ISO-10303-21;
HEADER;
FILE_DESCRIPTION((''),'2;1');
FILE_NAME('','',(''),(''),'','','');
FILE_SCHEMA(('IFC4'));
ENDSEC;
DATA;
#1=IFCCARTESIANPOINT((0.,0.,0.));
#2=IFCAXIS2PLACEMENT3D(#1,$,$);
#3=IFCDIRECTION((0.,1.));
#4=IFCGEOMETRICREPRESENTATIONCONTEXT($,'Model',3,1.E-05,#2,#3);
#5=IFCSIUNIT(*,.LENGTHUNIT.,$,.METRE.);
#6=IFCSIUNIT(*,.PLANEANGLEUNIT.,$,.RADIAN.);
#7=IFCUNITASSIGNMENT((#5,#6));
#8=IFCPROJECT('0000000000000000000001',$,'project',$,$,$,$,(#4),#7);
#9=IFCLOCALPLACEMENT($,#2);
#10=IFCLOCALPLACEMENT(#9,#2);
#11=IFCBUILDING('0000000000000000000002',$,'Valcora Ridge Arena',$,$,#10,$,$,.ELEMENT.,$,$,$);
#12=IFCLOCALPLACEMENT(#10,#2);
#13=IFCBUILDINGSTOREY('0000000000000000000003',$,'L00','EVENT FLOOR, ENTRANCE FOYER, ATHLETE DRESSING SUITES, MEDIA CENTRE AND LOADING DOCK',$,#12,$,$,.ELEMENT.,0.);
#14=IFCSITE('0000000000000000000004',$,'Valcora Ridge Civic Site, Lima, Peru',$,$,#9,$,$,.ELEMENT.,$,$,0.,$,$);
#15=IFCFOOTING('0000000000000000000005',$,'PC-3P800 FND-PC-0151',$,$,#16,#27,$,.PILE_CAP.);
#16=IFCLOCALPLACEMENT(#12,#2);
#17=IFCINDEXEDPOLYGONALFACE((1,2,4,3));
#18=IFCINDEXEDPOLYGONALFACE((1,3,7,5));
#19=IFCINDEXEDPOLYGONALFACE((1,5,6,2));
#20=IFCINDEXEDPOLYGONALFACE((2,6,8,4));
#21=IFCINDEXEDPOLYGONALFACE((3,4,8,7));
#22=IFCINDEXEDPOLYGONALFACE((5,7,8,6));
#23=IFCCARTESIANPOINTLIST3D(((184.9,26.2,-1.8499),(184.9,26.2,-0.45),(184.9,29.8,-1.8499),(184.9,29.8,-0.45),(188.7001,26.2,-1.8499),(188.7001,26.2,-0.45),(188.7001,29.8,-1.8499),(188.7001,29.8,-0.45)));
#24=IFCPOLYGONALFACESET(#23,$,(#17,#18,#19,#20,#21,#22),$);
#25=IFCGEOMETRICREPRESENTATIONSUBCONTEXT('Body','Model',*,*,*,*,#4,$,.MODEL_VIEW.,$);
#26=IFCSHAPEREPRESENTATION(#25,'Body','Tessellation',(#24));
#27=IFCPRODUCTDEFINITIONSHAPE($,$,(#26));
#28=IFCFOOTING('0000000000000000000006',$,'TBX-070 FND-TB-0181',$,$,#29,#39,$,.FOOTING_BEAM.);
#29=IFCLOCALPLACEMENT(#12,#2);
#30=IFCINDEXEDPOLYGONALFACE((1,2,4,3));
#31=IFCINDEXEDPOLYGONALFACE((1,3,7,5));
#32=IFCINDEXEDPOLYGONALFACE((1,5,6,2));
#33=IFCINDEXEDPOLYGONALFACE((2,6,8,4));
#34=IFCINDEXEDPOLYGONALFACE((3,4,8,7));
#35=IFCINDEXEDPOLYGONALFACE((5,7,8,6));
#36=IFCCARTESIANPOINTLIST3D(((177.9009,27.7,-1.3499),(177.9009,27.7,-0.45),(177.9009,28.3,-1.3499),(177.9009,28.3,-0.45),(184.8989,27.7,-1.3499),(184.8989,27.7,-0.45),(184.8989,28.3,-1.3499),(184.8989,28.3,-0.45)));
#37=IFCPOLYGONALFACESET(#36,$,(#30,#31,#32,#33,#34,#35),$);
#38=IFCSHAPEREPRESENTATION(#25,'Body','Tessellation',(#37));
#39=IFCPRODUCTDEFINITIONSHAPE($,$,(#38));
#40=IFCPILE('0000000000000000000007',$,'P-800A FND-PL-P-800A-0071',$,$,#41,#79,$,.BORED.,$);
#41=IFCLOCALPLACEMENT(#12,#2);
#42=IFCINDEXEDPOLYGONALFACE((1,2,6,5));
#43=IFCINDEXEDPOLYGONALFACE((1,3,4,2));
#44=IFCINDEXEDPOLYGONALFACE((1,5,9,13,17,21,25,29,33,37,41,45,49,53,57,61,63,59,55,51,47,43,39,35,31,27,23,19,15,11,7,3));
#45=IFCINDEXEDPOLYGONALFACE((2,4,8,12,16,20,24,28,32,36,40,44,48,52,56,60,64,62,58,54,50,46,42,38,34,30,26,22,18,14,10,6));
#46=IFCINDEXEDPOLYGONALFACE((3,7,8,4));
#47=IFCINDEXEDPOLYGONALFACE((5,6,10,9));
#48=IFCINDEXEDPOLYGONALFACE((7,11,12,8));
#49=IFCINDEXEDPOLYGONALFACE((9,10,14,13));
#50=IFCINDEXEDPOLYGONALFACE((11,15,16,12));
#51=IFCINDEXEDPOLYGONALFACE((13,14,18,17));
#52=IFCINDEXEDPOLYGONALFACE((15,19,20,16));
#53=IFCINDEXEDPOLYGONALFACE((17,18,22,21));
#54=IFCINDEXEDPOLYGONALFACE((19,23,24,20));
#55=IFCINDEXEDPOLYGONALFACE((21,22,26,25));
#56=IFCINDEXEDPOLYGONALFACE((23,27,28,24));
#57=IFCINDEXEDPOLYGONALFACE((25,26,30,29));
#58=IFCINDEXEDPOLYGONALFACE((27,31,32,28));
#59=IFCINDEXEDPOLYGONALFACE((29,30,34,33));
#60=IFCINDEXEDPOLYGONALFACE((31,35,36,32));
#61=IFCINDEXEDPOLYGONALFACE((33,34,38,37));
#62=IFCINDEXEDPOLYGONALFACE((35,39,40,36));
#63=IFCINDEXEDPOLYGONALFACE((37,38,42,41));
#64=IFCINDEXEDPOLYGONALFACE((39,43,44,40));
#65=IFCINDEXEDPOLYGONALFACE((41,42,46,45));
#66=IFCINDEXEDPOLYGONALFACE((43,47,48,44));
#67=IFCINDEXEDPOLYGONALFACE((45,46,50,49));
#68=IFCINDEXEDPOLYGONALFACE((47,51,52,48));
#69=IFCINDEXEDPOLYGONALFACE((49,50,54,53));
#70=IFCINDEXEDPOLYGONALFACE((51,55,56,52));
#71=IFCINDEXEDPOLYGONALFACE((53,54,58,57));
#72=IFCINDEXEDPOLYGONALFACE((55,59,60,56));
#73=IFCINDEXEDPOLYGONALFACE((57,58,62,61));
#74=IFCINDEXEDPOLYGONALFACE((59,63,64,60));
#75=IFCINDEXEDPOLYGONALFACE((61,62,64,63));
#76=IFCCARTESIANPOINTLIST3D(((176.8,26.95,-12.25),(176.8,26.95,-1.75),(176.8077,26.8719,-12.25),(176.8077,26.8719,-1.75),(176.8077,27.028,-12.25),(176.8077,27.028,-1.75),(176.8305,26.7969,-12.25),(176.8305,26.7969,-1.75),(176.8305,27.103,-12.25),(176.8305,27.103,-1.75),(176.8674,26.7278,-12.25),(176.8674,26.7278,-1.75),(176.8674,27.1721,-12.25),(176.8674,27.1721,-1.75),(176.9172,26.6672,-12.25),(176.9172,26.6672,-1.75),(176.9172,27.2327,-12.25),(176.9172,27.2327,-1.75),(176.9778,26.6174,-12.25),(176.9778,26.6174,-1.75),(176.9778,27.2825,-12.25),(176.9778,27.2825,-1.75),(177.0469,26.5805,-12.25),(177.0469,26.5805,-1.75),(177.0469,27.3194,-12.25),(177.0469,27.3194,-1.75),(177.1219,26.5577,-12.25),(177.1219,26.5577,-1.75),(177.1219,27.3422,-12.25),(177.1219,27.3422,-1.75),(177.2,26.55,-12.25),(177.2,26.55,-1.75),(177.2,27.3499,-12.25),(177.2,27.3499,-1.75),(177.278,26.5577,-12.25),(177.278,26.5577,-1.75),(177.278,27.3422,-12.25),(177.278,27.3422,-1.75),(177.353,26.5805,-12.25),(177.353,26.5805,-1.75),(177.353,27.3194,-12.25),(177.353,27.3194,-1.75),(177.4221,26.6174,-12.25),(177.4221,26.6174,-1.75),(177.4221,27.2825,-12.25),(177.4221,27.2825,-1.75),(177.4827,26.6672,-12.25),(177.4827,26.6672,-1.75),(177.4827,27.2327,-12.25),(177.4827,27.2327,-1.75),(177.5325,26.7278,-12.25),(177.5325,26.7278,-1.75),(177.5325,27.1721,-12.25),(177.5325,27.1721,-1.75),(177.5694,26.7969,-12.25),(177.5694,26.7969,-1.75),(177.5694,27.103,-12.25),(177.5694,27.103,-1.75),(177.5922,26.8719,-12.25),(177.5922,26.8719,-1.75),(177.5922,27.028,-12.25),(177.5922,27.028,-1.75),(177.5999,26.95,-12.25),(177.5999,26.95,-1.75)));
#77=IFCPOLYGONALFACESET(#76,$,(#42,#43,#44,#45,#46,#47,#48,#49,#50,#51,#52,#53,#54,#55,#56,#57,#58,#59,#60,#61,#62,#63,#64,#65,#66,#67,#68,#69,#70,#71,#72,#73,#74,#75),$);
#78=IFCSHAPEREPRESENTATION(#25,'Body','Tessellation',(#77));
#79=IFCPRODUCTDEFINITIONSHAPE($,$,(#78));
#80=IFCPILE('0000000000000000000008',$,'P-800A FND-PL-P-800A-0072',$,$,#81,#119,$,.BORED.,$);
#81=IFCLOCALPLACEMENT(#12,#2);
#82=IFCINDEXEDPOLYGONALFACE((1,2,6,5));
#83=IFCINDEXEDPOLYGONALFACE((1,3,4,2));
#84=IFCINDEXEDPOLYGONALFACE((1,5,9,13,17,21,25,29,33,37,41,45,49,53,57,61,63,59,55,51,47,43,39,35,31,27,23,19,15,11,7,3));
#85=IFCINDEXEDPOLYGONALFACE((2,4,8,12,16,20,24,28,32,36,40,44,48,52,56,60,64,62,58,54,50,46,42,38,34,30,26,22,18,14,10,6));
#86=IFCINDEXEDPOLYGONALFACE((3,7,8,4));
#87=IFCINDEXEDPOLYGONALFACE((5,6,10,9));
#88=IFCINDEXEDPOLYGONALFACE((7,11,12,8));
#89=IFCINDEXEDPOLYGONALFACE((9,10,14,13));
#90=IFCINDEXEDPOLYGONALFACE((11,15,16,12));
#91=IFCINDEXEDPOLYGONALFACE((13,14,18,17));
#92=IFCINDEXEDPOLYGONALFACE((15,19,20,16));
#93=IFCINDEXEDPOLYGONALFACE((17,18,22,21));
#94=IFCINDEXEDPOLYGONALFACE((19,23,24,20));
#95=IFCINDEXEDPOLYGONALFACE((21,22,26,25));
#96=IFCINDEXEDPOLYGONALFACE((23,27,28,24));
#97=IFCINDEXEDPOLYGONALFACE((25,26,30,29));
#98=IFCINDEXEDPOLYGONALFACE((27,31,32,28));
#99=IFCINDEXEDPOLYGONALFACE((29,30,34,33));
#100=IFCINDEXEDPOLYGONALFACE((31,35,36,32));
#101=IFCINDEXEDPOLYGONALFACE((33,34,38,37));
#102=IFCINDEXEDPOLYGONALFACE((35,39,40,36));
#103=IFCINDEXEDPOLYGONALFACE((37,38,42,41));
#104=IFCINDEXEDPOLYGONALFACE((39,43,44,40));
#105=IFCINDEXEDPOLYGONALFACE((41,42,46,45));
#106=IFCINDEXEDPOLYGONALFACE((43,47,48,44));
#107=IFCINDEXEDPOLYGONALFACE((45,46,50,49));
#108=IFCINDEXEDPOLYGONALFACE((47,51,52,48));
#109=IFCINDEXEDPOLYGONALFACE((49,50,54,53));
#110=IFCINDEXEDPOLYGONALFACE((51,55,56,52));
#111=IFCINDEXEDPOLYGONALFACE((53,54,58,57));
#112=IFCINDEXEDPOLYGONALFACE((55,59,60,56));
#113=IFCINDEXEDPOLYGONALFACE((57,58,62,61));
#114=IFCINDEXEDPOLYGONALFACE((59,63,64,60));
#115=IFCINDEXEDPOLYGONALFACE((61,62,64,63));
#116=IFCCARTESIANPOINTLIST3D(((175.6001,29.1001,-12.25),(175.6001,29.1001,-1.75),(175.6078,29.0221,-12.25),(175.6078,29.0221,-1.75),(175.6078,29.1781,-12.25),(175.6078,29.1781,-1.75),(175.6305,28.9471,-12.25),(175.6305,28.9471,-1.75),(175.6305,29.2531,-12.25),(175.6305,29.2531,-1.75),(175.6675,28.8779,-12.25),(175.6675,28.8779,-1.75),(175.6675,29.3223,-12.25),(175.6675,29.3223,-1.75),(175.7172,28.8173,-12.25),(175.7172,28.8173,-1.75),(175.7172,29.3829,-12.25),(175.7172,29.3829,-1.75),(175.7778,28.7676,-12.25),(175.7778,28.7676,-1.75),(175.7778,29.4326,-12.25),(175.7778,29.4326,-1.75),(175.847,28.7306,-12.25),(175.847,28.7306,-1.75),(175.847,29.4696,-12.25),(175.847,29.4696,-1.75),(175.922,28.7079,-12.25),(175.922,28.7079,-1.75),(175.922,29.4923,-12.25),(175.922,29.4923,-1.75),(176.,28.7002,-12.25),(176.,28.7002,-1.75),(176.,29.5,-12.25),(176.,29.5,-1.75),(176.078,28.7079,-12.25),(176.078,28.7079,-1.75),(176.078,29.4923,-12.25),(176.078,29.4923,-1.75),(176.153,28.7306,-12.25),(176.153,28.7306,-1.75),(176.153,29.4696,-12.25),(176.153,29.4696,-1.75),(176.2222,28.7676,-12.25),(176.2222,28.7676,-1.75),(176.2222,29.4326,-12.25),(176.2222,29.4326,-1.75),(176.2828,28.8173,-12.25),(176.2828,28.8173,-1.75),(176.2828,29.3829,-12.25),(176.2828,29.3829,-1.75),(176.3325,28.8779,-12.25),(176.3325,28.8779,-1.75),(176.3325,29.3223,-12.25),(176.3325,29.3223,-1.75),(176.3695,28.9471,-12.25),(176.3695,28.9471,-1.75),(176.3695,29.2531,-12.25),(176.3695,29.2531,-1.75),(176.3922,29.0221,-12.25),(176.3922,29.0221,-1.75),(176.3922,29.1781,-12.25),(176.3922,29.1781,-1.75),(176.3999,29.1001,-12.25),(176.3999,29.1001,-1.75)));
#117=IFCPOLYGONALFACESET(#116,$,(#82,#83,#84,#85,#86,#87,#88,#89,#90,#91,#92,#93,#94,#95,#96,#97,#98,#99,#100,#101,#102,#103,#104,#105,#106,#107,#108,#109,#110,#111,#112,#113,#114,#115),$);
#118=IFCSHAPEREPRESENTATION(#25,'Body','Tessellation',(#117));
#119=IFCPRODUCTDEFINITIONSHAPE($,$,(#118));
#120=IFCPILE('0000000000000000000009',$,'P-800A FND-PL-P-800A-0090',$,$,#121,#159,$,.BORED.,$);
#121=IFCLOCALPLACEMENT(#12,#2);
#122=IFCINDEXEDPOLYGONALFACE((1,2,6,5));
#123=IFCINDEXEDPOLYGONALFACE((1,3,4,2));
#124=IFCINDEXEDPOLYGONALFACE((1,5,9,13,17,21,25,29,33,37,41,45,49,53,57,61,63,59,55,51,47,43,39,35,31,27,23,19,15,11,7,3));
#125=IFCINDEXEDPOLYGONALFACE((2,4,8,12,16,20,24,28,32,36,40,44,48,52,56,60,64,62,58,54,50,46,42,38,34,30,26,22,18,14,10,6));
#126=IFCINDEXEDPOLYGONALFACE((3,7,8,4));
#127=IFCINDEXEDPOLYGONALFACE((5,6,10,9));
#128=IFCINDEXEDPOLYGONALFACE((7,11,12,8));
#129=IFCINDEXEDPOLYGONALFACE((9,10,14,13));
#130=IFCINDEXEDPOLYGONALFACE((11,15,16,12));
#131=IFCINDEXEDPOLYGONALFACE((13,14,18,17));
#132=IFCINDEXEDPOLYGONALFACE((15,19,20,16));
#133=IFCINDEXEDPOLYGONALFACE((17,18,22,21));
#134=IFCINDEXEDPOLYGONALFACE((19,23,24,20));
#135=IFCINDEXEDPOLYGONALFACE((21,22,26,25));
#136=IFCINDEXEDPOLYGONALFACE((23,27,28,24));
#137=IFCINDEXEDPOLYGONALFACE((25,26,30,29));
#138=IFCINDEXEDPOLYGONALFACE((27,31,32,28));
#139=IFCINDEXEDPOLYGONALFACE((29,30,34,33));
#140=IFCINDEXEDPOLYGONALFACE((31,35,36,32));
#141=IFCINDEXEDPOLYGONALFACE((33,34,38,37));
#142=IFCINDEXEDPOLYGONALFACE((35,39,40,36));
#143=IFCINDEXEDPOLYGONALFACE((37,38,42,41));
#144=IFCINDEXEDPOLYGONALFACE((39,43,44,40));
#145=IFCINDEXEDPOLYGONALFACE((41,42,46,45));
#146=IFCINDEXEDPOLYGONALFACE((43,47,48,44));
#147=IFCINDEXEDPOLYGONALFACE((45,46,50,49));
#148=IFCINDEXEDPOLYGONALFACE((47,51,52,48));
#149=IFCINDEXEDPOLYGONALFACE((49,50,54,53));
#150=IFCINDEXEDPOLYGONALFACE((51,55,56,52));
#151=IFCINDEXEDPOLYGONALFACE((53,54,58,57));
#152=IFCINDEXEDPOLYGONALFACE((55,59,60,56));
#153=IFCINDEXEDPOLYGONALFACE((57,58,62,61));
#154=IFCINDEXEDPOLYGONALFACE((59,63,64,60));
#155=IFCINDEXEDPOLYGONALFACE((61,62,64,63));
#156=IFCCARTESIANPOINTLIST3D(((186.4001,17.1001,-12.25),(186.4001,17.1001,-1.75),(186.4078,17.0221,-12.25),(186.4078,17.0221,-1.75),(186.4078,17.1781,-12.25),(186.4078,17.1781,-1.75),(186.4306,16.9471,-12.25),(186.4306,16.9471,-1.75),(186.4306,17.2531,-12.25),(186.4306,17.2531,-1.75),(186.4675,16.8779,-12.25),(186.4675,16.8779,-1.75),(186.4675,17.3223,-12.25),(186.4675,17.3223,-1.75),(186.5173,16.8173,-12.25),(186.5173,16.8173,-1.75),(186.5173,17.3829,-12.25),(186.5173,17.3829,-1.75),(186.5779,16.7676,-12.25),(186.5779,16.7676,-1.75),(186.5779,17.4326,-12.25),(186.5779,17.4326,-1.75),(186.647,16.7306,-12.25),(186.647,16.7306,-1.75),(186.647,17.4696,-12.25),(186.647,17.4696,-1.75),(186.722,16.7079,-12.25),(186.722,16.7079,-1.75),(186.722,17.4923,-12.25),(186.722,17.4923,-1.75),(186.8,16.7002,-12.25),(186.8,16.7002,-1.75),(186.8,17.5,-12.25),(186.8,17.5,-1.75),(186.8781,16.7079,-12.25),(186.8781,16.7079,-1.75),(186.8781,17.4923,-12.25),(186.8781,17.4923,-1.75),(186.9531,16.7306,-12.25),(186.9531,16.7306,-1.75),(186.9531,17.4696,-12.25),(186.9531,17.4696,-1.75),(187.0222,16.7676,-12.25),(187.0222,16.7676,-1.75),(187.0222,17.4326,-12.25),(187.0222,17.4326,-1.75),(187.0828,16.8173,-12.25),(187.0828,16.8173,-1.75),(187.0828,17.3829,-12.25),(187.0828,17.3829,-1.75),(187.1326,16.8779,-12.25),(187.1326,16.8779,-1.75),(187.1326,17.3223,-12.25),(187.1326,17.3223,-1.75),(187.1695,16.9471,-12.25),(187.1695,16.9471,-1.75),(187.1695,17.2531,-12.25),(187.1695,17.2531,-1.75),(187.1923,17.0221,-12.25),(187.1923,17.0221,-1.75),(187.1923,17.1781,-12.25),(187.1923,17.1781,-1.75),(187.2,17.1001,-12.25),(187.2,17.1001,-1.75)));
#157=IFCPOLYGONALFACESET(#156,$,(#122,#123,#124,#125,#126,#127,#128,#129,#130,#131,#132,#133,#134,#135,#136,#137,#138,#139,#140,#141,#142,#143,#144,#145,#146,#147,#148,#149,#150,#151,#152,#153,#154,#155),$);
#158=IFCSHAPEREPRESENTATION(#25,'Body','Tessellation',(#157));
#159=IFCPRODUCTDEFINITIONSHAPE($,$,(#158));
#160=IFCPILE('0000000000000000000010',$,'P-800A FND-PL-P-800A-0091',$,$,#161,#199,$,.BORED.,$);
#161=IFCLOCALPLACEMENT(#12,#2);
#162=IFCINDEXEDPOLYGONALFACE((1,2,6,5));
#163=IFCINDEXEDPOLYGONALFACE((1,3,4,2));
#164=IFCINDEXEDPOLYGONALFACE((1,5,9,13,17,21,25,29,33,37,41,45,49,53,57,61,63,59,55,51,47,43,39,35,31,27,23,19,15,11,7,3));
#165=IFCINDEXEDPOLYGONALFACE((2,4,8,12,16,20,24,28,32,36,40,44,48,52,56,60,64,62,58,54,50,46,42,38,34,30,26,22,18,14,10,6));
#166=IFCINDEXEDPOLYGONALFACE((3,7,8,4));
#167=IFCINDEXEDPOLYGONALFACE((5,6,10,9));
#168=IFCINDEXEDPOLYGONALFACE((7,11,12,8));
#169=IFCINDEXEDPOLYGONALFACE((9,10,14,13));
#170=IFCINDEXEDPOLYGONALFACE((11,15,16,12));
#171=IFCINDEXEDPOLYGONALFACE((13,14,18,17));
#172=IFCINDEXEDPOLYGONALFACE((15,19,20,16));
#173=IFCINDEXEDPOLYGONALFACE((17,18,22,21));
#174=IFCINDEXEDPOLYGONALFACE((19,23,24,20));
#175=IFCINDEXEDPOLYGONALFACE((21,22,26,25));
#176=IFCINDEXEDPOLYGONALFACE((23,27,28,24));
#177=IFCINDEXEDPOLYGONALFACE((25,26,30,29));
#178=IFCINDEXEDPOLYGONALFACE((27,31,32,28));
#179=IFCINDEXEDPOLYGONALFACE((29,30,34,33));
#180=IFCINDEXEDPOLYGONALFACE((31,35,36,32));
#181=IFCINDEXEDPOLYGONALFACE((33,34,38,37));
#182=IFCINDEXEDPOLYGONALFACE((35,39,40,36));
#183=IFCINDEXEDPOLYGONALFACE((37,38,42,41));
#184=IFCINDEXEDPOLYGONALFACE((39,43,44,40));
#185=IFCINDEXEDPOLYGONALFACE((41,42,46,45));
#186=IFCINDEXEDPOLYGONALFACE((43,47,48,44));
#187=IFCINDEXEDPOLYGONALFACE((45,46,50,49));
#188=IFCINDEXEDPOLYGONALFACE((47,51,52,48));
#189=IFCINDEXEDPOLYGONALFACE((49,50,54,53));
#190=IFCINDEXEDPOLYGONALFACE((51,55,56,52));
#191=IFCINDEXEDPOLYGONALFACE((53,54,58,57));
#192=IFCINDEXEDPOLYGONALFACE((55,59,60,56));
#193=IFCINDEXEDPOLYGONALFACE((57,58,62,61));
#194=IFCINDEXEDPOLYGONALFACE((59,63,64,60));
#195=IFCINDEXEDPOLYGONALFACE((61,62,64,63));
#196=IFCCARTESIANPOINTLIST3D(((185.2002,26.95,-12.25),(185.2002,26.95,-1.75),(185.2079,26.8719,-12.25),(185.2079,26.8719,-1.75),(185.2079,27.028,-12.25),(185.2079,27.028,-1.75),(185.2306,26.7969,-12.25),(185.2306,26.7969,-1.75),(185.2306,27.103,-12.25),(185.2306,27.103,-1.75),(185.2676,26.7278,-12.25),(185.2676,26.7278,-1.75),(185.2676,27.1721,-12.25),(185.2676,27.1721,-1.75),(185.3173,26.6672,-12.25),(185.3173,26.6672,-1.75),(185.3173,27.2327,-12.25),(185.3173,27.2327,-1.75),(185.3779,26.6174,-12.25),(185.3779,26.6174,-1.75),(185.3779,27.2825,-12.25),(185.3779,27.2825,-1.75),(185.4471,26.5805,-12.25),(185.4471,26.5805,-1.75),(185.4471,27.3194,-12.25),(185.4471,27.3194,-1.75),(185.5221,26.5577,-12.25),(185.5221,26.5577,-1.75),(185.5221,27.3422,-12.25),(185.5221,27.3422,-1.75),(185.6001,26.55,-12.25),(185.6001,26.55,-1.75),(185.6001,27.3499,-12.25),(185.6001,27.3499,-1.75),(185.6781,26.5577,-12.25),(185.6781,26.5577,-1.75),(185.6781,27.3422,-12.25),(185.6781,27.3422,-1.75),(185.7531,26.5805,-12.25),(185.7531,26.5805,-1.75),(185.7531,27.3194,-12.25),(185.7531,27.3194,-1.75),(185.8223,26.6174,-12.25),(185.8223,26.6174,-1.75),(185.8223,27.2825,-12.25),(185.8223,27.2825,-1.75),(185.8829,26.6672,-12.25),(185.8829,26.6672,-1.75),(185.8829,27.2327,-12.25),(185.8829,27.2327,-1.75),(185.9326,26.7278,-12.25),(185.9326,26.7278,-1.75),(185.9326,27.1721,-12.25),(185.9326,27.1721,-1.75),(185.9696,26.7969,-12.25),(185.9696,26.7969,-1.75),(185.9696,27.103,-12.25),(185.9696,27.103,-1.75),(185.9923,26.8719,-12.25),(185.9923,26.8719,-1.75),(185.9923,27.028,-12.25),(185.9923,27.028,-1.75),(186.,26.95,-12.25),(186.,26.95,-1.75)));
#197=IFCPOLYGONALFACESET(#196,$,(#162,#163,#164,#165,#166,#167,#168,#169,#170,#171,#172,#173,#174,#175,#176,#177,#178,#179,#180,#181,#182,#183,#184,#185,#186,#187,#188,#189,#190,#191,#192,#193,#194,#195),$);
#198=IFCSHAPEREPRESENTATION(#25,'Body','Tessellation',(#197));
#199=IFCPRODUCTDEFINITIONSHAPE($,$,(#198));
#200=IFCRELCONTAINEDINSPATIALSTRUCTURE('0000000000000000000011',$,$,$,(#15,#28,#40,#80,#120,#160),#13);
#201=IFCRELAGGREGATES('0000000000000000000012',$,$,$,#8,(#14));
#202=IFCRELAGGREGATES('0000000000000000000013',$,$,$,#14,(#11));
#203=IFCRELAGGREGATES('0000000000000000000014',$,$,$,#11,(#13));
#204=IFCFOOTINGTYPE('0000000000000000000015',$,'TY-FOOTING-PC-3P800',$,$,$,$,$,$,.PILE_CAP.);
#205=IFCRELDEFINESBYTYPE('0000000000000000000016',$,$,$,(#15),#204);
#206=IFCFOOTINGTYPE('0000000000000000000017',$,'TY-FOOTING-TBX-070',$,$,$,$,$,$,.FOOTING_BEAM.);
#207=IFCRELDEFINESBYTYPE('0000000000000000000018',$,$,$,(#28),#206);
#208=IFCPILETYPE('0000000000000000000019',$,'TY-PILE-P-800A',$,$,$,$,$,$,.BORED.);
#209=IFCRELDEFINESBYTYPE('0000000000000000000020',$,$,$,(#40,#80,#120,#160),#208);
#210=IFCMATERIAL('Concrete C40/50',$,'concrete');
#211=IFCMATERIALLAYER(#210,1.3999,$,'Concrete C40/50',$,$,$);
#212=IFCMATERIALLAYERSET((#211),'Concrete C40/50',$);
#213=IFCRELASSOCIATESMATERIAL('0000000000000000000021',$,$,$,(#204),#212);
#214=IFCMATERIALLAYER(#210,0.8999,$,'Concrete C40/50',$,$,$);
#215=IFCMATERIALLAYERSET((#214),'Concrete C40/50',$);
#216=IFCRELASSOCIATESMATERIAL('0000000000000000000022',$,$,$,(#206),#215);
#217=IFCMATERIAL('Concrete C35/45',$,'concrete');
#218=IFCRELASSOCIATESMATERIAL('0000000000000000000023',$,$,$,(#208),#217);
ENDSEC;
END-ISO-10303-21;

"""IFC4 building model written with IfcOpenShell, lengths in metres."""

from ifc_helpers import new_model, si_unit, direction, frame, origin, origin_2d, place, context, subcontext, project, spatial, rectangle, circle, extrude, material, layer, layer_set, material_profile, profile_set, type_object, element, save


model = new_model("IFC4")

# Units and contexts
model_context = context("Model", 3, precision=1e-05, world=origin(), true_north=direction((0.0, 1.0)))
body_context = subcontext(model_context, "Body", "Model", "MODEL_VIEW")
ifc_project = project(units=[si_unit("LENGTHUNIT", "METRE"), si_unit("PLANEANGLEUNIT", "RADIAN")], contexts=[model_context])

# Site, building, storey
site_placement = place(None, origin())
site = spatial("IfcSite", under=ifc_project, at=site_placement, Name="Valcora Ridge Civic Site, Lima, Peru", CompositionType="ELEMENT", RefElevation=0.0)
building_placement = place(site_placement, origin())
building = spatial("IfcBuilding", under=site, at=building_placement, Name="Valcora Ridge Arena", CompositionType="ELEMENT")
storey_placement = place(building_placement, origin())
storey = spatial("IfcBuildingStorey", under=building, at=storey_placement, Name="L00", Description="EVENT FLOOR, ENTRANCE FOYER, ATHLETE DRESSING SUITES, MEDIA CENTRE AND LOADING DOCK", CompositionType="ELEMENT", Elevation=0.0)

# Footings
ifc_material_1 = material(Name="Concrete C40/50", Category="concrete")
ifc_layer_1 = layer(ifc_material_1, 1.3999, Name="Concrete C40/50")
ifc_layer_set_1 = layer_set([ifc_layer_1], Name="Concrete C40/50")
footing_type_1 = type_object("IfcFootingType", Name="TY-FOOTING-PC-3P800", PredefinedType="PILE_CAP", material=ifc_layer_set_1)
footing_1_placement = place(storey_placement, frame((186.8, 28.0, -1.8499), z_axis=(0.0, 0.0, 1.0), x_axis=(1.0, 0.0, 0.0)))
element("IfcFooting", 1, at=footing_1_placement, inside=storey, type_object=footing_type_1, Name="PC-3P800 FND-PC-0151", PredefinedType="PILE_CAP", context=body_context, shape_type="SweptSolid", body=[
    extrude(rectangle(XDim=3.8, YDim=3.6001, at=origin_2d()), origin(), (0.0, 0.0, 1.0), 1.3999),
])
ifc_layer_2 = layer(ifc_material_1, 0.8999, Name="Concrete C40/50")
ifc_layer_set_2 = layer_set([ifc_layer_2], Name="Concrete C40/50")
footing_type_2 = type_object("IfcFootingType", Name="TY-FOOTING-TBX-070", PredefinedType="FOOTING_BEAM", material=ifc_layer_set_2)
footing_2_placement = place(storey_placement, frame((181.3999, 28.0, -1.3499), z_axis=(0.0, 0.0, 1.0), x_axis=(1.0, 0.0, 0.0)))
element("IfcFooting", 2, at=footing_2_placement, inside=storey, type_object=footing_type_2, Name="TBX-070 FND-TB-0181", PredefinedType="FOOTING_BEAM", context=body_context, shape_type="SweptSolid", body=[
    extrude(rectangle(XDim=6.998, YDim=0.6001, at=origin_2d()), origin(), (0.0, 0.0, 1.0), 0.8999),
])

# Piles
ifc_material_2 = material(Name="Concrete C35/45", Category="concrete")
ifc_material_profile_1 = material_profile(ifc_material_2, circle(Radius=0.3999, at=origin_2d()), Name="BORED PILE D800")
ifc_profile_set_1 = profile_set([ifc_material_profile_1], Name="Concrete C35/45")
pile_type_1 = type_object("IfcPileType", Name="TY-PILE-P-800A", PredefinedType="BORED", material=ifc_profile_set_1)
for number, where, z_axis, x_axis, name in (
    (3, (177.2, 26.95, -1.75), (0.0, 0.0, -1.0), (1.0, 0.0, 0.0), "P-800A FND-PL-P-800A-0071"),
    (4, (176.0, 29.1001, -1.75), (0.0, 0.0, -1.0), (1.0, 0.0, 0.0), "P-800A FND-PL-P-800A-0072"),
    (5, (186.8, 17.1001, -1.75), (0.0, 0.0, -1.0), (1.0, 0.0, 0.0), "P-800A FND-PL-P-800A-0090"),
    (6, (185.6001, 26.95, -1.75), (0.0, 0.0, -1.0), (1.0, 0.0, 0.0), "P-800A FND-PL-P-800A-0091"),
):
    element("IfcPile", number, at=place(storey_placement, frame(where, z_axis=z_axis, x_axis=x_axis)), inside=storey, type_object=pile_type_1, Name=name, PredefinedType="BORED", context=body_context, shape_type="SweptSolid", body=[
        extrude(circle(Radius=0.3999, at=origin_2d()), origin(), (0.0, 0.0, 1.0), 10.5),
    ])

save(model, "model.ifc")
